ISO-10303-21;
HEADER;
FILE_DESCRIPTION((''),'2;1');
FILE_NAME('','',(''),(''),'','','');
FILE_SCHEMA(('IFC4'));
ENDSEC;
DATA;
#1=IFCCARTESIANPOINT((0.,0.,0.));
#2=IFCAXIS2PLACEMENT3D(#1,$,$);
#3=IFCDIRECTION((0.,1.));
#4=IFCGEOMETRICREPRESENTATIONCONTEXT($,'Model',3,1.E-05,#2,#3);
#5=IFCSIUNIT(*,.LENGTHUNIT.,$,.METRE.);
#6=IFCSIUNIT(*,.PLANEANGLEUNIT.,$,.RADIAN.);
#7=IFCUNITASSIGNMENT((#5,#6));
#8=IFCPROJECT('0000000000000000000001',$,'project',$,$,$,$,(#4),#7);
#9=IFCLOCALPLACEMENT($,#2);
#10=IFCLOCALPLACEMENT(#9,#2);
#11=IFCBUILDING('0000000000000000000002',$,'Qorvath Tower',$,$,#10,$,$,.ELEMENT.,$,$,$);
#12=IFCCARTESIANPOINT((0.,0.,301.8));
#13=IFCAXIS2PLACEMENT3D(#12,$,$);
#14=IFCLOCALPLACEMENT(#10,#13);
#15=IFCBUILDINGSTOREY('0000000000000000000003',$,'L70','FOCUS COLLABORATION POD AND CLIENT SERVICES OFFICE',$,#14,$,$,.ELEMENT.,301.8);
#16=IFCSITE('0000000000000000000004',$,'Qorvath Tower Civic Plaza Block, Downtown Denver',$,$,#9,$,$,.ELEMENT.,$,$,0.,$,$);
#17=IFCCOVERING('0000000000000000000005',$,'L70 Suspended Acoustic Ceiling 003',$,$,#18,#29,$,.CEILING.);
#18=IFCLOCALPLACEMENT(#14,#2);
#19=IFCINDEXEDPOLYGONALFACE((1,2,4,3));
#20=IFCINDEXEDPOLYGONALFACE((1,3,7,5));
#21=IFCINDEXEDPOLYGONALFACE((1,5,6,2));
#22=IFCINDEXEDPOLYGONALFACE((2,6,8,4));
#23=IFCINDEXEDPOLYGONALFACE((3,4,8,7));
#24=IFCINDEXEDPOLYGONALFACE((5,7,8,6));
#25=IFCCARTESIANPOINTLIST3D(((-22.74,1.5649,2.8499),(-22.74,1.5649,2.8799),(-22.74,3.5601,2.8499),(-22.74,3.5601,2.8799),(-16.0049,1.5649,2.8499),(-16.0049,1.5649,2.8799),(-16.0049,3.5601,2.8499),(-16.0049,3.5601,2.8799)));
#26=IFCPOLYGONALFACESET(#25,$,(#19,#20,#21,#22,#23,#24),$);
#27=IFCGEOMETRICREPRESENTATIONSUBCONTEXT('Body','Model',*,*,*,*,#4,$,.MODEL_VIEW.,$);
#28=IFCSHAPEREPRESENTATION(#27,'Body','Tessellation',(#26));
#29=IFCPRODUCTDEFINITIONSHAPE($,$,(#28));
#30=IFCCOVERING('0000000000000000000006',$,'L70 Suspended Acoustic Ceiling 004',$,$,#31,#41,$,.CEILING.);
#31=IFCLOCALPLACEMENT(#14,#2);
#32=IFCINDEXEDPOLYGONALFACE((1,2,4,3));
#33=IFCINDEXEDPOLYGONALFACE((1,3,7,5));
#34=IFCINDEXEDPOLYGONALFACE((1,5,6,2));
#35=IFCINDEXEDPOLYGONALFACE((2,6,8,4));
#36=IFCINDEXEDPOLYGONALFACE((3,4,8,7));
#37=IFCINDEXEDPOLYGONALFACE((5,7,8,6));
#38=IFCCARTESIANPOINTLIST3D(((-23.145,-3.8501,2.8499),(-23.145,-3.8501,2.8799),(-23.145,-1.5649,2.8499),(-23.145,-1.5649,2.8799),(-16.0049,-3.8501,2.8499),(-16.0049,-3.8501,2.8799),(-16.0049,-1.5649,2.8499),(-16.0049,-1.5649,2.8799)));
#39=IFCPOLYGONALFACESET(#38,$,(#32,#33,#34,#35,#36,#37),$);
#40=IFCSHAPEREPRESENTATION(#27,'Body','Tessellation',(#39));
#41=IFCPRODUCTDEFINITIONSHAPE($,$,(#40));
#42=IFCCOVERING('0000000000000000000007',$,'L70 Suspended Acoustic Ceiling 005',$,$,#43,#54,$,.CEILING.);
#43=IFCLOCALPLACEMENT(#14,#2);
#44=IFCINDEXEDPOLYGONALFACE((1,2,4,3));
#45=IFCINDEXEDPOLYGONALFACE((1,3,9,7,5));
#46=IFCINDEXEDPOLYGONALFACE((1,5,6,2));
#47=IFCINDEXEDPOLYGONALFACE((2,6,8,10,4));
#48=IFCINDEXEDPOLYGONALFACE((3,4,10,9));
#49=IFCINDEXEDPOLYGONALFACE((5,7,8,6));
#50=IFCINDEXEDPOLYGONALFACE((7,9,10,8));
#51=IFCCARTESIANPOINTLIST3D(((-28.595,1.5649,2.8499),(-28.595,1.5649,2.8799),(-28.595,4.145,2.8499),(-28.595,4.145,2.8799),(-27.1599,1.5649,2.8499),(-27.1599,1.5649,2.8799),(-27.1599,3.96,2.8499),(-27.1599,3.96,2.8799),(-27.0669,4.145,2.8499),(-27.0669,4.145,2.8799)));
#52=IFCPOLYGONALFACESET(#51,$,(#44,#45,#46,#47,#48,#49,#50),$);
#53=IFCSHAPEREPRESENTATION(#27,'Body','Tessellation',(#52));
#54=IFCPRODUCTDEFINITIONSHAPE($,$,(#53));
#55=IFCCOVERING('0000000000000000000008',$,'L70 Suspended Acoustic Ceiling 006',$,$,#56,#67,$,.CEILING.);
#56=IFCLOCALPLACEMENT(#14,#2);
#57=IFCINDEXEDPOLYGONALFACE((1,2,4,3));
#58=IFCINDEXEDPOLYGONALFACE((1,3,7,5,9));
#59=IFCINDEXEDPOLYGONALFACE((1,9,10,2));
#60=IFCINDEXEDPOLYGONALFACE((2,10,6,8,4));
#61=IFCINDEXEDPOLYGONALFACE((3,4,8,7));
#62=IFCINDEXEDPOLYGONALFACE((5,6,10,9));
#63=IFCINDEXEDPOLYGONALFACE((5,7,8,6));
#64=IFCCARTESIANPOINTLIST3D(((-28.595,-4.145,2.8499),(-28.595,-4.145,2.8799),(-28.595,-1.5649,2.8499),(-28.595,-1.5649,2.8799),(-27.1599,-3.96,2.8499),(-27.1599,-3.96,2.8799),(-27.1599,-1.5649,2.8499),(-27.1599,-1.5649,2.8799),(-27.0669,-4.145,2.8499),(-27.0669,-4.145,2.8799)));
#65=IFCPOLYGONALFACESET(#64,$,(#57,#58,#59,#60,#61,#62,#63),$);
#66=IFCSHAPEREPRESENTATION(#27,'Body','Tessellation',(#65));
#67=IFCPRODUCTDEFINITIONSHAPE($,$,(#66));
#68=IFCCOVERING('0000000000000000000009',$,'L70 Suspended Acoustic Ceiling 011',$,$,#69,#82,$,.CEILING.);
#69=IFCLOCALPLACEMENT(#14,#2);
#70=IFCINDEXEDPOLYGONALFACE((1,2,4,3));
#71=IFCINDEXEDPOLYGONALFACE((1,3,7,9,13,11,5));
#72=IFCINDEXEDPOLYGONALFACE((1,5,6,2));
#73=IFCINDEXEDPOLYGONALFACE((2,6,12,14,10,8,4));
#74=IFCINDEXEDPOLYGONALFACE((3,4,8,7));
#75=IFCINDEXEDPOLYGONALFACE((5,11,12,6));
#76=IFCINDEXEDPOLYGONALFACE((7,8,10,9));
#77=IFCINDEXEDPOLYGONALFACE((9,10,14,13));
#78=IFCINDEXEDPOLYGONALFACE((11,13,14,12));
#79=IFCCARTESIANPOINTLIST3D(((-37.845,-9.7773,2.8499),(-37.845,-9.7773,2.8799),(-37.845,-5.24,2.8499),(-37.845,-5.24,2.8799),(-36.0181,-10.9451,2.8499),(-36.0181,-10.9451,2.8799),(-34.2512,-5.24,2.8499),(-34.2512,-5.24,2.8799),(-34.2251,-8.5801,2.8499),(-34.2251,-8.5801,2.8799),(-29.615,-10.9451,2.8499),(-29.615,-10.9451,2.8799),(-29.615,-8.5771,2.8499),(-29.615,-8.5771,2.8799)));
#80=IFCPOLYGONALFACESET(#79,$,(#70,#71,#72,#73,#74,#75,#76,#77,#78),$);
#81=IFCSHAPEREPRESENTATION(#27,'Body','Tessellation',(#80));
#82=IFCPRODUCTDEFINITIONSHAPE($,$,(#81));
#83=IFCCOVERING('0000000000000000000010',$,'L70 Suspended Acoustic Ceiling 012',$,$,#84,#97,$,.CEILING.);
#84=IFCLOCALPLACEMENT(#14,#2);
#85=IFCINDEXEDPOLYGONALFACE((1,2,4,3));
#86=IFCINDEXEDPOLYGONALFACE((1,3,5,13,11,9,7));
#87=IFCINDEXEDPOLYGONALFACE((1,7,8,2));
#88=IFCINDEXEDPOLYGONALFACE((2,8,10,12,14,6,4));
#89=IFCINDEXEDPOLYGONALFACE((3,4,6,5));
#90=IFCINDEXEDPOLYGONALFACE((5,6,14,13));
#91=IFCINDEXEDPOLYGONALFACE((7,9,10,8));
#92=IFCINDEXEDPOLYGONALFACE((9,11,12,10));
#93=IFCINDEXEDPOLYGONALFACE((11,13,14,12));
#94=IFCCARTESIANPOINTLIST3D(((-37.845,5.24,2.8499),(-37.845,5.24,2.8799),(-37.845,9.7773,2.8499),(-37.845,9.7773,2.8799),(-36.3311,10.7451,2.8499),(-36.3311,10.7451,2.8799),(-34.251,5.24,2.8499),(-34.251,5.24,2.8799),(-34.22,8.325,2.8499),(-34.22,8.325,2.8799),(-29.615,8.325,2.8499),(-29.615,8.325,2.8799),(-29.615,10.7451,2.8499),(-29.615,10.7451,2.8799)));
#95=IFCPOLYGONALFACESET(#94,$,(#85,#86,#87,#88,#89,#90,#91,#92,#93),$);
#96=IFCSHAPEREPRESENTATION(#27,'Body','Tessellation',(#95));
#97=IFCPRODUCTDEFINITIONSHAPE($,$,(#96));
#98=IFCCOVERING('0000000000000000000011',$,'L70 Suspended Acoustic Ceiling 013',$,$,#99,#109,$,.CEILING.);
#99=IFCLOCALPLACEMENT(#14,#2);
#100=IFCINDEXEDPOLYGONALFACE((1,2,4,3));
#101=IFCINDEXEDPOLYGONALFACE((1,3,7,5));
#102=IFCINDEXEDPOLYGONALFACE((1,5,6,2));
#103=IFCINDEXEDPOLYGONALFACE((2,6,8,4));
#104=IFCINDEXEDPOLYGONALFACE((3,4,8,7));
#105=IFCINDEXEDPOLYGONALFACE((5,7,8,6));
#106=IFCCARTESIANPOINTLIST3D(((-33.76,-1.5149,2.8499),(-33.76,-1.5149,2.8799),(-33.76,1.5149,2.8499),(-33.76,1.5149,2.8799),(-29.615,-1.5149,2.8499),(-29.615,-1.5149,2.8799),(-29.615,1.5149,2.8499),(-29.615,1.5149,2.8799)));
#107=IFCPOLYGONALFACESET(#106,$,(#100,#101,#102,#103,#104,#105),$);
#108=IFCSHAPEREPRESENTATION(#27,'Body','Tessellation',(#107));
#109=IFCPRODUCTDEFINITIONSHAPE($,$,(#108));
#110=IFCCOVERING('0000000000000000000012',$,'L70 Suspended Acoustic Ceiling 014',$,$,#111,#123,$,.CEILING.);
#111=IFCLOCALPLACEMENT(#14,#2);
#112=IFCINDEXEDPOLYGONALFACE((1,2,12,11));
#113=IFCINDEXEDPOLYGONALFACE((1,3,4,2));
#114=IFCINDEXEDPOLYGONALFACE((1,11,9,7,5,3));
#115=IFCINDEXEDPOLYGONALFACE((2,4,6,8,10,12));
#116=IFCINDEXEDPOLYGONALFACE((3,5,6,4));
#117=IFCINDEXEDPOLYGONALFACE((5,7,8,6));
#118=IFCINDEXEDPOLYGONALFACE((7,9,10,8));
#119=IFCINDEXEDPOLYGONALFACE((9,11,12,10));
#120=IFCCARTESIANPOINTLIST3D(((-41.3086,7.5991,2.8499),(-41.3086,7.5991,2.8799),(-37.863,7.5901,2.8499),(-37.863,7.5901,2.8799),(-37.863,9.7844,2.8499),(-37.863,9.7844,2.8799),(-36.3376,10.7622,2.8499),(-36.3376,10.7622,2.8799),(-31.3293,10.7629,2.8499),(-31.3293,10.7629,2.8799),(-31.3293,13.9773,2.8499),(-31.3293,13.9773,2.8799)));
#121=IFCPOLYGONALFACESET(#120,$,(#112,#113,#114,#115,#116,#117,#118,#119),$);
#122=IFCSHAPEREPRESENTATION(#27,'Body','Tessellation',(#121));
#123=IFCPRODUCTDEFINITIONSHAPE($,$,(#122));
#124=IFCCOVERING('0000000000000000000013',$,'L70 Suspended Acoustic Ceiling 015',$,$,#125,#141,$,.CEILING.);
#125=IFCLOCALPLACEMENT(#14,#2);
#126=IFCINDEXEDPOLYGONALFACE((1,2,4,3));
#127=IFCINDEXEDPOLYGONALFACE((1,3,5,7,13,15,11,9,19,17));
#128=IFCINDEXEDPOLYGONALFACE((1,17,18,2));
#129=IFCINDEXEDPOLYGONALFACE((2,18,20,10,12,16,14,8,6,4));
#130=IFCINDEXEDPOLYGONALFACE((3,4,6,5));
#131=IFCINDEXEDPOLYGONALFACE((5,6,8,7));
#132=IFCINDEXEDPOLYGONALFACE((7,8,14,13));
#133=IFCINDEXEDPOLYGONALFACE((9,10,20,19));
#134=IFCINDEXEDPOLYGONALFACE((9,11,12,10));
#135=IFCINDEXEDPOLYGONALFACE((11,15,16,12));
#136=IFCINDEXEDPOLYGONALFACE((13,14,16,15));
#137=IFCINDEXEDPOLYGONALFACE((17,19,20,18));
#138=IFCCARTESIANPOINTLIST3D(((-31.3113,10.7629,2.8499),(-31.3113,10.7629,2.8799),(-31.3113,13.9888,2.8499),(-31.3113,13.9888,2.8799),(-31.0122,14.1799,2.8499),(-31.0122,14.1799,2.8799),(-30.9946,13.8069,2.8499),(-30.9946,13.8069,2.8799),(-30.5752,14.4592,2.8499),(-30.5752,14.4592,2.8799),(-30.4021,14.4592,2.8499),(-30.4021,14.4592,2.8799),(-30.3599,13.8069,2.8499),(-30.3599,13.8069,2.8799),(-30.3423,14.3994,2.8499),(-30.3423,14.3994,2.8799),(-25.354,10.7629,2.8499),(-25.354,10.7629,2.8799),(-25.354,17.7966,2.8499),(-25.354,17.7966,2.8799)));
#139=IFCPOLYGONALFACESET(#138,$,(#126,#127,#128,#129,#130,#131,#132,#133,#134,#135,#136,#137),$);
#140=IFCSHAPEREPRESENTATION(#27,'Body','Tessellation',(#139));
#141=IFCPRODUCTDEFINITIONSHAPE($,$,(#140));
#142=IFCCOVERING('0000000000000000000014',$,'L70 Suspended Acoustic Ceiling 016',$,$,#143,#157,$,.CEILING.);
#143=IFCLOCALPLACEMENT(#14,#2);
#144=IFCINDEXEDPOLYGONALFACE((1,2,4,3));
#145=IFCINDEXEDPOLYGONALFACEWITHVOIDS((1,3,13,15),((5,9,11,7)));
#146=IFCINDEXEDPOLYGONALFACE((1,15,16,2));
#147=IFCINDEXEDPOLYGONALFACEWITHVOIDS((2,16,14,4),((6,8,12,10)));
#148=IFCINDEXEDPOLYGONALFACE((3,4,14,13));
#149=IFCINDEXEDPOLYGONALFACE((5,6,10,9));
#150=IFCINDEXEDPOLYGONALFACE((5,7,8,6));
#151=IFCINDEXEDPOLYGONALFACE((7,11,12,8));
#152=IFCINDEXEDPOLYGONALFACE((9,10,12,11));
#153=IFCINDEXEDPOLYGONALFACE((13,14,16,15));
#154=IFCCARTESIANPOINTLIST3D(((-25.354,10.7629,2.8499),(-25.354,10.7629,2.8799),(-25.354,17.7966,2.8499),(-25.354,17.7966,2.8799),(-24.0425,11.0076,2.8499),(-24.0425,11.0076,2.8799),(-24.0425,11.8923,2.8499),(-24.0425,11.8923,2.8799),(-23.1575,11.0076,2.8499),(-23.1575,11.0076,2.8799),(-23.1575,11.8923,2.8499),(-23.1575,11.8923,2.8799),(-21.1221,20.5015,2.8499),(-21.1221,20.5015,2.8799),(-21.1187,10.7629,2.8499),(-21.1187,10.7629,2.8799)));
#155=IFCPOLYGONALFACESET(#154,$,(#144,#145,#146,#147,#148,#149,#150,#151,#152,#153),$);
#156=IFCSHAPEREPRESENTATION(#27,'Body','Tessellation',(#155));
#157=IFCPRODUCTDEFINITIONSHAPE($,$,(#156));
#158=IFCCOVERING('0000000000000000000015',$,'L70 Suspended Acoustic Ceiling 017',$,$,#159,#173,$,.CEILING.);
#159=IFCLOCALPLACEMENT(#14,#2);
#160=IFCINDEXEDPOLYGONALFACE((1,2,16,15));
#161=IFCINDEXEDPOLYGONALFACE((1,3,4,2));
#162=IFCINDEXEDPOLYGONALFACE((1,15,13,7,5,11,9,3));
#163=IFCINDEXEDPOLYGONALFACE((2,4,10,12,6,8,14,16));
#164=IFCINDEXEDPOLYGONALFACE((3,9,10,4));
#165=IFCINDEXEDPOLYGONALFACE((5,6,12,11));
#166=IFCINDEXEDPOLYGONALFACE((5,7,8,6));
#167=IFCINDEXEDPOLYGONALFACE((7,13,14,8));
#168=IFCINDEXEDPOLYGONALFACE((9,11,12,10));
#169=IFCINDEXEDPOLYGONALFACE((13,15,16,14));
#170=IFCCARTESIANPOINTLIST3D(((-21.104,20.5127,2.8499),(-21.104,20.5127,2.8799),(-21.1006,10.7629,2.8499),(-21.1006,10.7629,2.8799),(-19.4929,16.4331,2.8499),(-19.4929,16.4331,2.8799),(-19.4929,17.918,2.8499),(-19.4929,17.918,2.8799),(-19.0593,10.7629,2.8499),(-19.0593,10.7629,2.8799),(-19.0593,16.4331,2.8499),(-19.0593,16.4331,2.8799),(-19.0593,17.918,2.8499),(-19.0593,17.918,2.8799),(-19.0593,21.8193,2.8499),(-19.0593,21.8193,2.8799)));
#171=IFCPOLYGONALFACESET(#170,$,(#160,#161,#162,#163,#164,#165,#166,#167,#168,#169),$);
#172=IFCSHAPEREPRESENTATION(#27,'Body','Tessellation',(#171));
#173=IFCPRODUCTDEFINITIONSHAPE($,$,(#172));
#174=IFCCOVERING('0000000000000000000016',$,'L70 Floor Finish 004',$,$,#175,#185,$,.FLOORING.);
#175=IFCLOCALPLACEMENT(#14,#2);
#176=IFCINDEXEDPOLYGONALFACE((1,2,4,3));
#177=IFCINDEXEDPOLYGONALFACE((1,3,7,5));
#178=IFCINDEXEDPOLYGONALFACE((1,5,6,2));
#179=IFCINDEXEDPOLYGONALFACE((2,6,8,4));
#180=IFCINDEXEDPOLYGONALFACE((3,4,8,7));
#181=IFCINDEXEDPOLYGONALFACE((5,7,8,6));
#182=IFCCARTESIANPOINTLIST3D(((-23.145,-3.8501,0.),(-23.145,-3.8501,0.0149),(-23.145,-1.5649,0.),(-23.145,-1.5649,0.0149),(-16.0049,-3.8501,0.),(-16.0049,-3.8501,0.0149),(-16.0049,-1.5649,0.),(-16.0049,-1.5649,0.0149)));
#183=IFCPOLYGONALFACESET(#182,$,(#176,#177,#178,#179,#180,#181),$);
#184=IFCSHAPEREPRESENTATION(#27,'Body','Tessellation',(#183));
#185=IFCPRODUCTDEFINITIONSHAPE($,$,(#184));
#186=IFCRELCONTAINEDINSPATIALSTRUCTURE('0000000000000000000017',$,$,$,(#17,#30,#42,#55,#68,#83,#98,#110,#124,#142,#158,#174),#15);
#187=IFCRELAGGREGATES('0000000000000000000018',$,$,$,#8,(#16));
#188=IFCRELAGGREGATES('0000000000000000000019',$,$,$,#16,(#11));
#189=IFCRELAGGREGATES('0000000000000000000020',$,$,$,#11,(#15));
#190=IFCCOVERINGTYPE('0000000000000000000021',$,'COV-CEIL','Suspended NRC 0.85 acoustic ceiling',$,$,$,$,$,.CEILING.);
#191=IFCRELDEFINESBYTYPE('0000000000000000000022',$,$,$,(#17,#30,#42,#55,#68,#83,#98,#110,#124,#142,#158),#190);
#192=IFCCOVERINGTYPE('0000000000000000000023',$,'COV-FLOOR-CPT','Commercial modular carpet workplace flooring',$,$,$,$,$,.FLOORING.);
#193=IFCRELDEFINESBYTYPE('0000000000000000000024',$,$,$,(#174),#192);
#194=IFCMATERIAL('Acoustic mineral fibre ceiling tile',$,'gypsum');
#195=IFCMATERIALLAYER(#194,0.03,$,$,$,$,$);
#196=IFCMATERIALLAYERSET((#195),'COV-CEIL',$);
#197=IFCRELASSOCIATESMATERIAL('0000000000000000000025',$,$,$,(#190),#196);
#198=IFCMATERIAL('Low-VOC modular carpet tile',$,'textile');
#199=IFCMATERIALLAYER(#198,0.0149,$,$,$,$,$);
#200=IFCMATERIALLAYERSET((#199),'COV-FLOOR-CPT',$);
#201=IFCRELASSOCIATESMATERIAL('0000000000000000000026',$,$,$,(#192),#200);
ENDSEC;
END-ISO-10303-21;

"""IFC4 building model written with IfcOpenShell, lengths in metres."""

from ifc_helpers import new_model, si_unit, direction, frame, origin, place, context, subcontext, project, spatial, polyline, outline, extrude, material, layer, layer_set, type_object, element, save


model = new_model("IFC4")

# Units and contexts
model_context = context("Model", 3, precision=1e-05, world=origin(), true_north=direction((0.0, 1.0)))
body_context = subcontext(model_context, "Body", "Model", "MODEL_VIEW")
ifc_project = project(units=[si_unit("LENGTHUNIT", "METRE"), si_unit("PLANEANGLEUNIT", "RADIAN")], contexts=[model_context])

# Site, building, storey
site_placement = place(None, origin())
site = spatial("IfcSite", under=ifc_project, at=site_placement, Name="Qorvath Tower Civic Plaza Block, Downtown Denver", CompositionType="ELEMENT", RefElevation=0.0)
building_placement = place(site_placement, origin())
building = spatial("IfcBuilding", under=site, at=building_placement, Name="Qorvath Tower", CompositionType="ELEMENT")
storey_placement = place(building_placement, frame((0.0, 0.0, 301.8)))
storey = spatial("IfcBuildingStorey", under=building, at=storey_placement, Name="L70", Description="FOCUS COLLABORATION POD AND CLIENT SERVICES OFFICE", CompositionType="ELEMENT", Elevation=301.8)

# Coverings
ifc_material_1 = material(Name="Acoustic mineral fibre ceiling tile", Category="gypsum")
ifc_layer_1 = layer(ifc_material_1, 0.03)
ifc_layer_set_1 = layer_set([ifc_layer_1], Name="COV-CEIL")
covering_type_1 = type_object("IfcCoveringType", Name="COV-CEIL", Description="Suspended NRC 0.85 acoustic ceiling", PredefinedType="CEILING", material=ifc_layer_set_1)
covering_1_placement = place(storey_placement, frame((0.0, 0.0, 2.8499)))
element("IfcCovering", 1, at=covering_1_placement, inside=storey, type_object=covering_type_1, Name="L70 Suspended Acoustic Ceiling 003", PredefinedType="CEILING", context=body_context, shape_type="SweptSolid", body=[
    extrude(outline(polyline([(-16.0049, 3.5601), (-22.74, 3.5601), (-22.74, 1.5649), (-16.0049, 1.5649), (-16.0049, 3.5601)])), origin(), (0.0, 0.0, 1.0), 0.03),
])
covering_2_placement = place(storey_placement, frame((0.0, 0.0, 2.8499)))
element("IfcCovering", 2, at=covering_2_placement, inside=storey, type_object=covering_type_1, Name="L70 Suspended Acoustic Ceiling 004", PredefinedType="CEILING", context=body_context, shape_type="SweptSolid", body=[
    extrude(outline(polyline([(-23.145, -3.8501), (-16.0049, -3.8501), (-16.0049, -1.5649), (-23.145, -1.5649), (-23.145, -3.8501)])), origin(), (0.0, 0.0, 1.0), 0.03),
])
covering_3_placement = place(storey_placement, frame((0.0, 0.0, 2.8499)))
element("IfcCovering", 3, at=covering_3_placement, inside=storey, type_object=covering_type_1, Name="L70 Suspended Acoustic Ceiling 005", PredefinedType="CEILING", context=body_context, shape_type="SweptSolid", body=[
    extrude(outline(polyline([(-27.1599, 1.5649), (-27.1599, 3.96), (-27.0669, 4.145), (-28.595, 4.145), (-28.595, 1.5649), (-27.1599, 1.5649)])), origin(), (0.0, 0.0, 1.0), 0.03),
])
covering_4_placement = place(storey_placement, frame((0.0, 0.0, 2.8499)))
element("IfcCovering", 4, at=covering_4_placement, inside=storey, type_object=covering_type_1, Name="L70 Suspended Acoustic Ceiling 006", PredefinedType="CEILING", context=body_context, shape_type="SweptSolid", body=[
    extrude(outline(polyline([(-27.0669, -4.145), (-27.1599, -3.96), (-27.1599, -1.5649), (-28.595, -1.5649), (-28.595, -4.145), (-27.0669, -4.145)])), origin(), (0.0, 0.0, 1.0), 0.03),
])
covering_5_placement = place(storey_placement, frame((0.0, 0.0, 2.8499)))
element("IfcCovering", 5, at=covering_5_placement, inside=storey, type_object=covering_type_1, Name="L70 Suspended Acoustic Ceiling 011", PredefinedType="CEILING", context=body_context, shape_type="SweptSolid", body=[
    extrude(outline(polyline([(-34.2251, -8.5801), (-34.2512, -5.24), (-37.845, -5.24), (-37.845, -9.7773), (-36.0181, -10.9451), (-29.615, -10.9451), (-29.615, -8.5771), (-34.2251, -8.5801)])), origin(), (0.0, 0.0, 1.0), 0.03),
])
covering_6_placement = place(storey_placement, frame((0.0, 0.0, 2.8499)))
element("IfcCovering", 6, at=covering_6_placement, inside=storey, type_object=covering_type_1, Name="L70 Suspended Acoustic Ceiling 012", PredefinedType="CEILING", context=body_context, shape_type="SweptSolid", body=[
    extrude(outline(polyline([(-29.615, 8.325), (-29.615, 10.7451), (-36.3311, 10.7451), (-37.845, 9.7773), (-37.845, 5.24), (-34.251, 5.24), (-34.22, 8.325), (-29.615, 8.325)])), origin(), (0.0, 0.0, 1.0), 0.03),
])
covering_7_placement = place(storey_placement, frame((0.0, 0.0, 2.8499)))
element("IfcCovering", 7, at=covering_7_placement, inside=storey, type_object=covering_type_1, Name="L70 Suspended Acoustic Ceiling 013", PredefinedType="CEILING", context=body_context, shape_type="SweptSolid", body=[
    extrude(outline(polyline([(-29.615, -1.5149), (-29.615, 1.5149), (-33.76, 1.5149), (-33.76, -1.5149), (-29.615, -1.5149)])), origin(), (0.0, 0.0, 1.0), 0.03),
])
covering_8_placement = place(storey_placement, frame((0.0, 0.0, 2.8499)))
element("IfcCovering", 8, at=covering_8_placement, inside=storey, type_object=covering_type_1, Name="L70 Suspended Acoustic Ceiling 014", PredefinedType="CEILING", context=body_context, shape_type="SweptSolid", body=[
    extrude(outline(polyline([(-31.3293, 13.9773), (-41.3086, 7.5991), (-37.863, 7.5901), (-37.863, 9.7844), (-36.3376, 10.7622), (-31.3293, 10.7629), (-31.3293, 13.9773)])), origin(), (0.0, 0.0, 1.0), 0.03),
])
covering_9_placement = place(storey_placement, frame((0.0, 0.0, 2.8499)))
element("IfcCovering", 9, at=covering_9_placement, inside=storey, type_object=covering_type_1, Name="L70 Suspended Acoustic Ceiling 015", PredefinedType="CEILING", context=body_context, shape_type="SweptSolid", body=[
    extrude(outline(polyline([(-25.354, 10.7629), (-25.354, 17.7966), (-30.5752, 14.4592), (-30.4021, 14.4592), (-30.3423, 14.3994), (-30.3599, 13.8069), (-30.9946, 13.8069), (-31.0122, 14.1799), (-31.3113, 13.9888), (-31.3113, 10.7629), (-25.354, 10.7629)])), origin(), (0.0, 0.0, 1.0), 0.03),
])
covering_10_placement = place(storey_placement, frame((0.0, 0.0, 2.8499)))
element("IfcCovering", 10, at=covering_10_placement, inside=storey, type_object=covering_type_1, Name="L70 Suspended Acoustic Ceiling 016", PredefinedType="CEILING", context=body_context, shape_type="SweptSolid", body=[
    extrude(outline(polyline([(-21.1187, 10.7629), (-21.1221, 20.5015), (-25.354, 17.7966), (-25.354, 10.7629), (-21.1187, 10.7629)]), holes=[polyline([(-24.0425, 11.0076), (-24.0425, 11.8923), (-23.1575, 11.8923), (-23.1575, 11.0076), (-24.0425, 11.0076)])]), origin(), (0.0, 0.0, 1.0), 0.03),
])
covering_11_placement = place(storey_placement, frame((0.0, 0.0, 2.8499)))
element("IfcCovering", 11, at=covering_11_placement, inside=storey, type_object=covering_type_1, Name="L70 Suspended Acoustic Ceiling 017", PredefinedType="CEILING", context=body_context, shape_type="SweptSolid", body=[
    extrude(outline(polyline([(-19.0593, 10.7629), (-19.0593, 16.4331), (-19.4929, 16.4331), (-19.4929, 17.918), (-19.0593, 17.918), (-19.0593, 21.8193), (-21.104, 20.5127), (-21.1006, 10.7629), (-19.0593, 10.7629)])), origin(), (0.0, 0.0, 1.0), 0.03),
])
ifc_material_2 = material(Name="Low-VOC modular carpet tile", Category="textile")
ifc_layer_2 = layer(ifc_material_2, 0.0149)
ifc_layer_set_2 = layer_set([ifc_layer_2], Name="COV-FLOOR-CPT")
covering_type_2 = type_object("IfcCoveringType", Name="COV-FLOOR-CPT", Description="Commercial modular carpet workplace flooring", PredefinedType="FLOORING", material=ifc_layer_set_2)
covering_12_placement = place(storey_placement, origin())
element("IfcCovering", 12, at=covering_12_placement, inside=storey, type_object=covering_type_2, Name="L70 Floor Finish 004", PredefinedType="FLOORING", context=body_context, shape_type="SweptSolid", body=[
    extrude(outline(polyline([(-23.145, -3.8501), (-16.0049, -3.8501), (-16.0049, -1.5649), (-23.145, -1.5649), (-23.145, -3.8501)])), origin(), (0.0, 0.0, 1.0), 0.0149),
])

save(model, "model.ifc")
